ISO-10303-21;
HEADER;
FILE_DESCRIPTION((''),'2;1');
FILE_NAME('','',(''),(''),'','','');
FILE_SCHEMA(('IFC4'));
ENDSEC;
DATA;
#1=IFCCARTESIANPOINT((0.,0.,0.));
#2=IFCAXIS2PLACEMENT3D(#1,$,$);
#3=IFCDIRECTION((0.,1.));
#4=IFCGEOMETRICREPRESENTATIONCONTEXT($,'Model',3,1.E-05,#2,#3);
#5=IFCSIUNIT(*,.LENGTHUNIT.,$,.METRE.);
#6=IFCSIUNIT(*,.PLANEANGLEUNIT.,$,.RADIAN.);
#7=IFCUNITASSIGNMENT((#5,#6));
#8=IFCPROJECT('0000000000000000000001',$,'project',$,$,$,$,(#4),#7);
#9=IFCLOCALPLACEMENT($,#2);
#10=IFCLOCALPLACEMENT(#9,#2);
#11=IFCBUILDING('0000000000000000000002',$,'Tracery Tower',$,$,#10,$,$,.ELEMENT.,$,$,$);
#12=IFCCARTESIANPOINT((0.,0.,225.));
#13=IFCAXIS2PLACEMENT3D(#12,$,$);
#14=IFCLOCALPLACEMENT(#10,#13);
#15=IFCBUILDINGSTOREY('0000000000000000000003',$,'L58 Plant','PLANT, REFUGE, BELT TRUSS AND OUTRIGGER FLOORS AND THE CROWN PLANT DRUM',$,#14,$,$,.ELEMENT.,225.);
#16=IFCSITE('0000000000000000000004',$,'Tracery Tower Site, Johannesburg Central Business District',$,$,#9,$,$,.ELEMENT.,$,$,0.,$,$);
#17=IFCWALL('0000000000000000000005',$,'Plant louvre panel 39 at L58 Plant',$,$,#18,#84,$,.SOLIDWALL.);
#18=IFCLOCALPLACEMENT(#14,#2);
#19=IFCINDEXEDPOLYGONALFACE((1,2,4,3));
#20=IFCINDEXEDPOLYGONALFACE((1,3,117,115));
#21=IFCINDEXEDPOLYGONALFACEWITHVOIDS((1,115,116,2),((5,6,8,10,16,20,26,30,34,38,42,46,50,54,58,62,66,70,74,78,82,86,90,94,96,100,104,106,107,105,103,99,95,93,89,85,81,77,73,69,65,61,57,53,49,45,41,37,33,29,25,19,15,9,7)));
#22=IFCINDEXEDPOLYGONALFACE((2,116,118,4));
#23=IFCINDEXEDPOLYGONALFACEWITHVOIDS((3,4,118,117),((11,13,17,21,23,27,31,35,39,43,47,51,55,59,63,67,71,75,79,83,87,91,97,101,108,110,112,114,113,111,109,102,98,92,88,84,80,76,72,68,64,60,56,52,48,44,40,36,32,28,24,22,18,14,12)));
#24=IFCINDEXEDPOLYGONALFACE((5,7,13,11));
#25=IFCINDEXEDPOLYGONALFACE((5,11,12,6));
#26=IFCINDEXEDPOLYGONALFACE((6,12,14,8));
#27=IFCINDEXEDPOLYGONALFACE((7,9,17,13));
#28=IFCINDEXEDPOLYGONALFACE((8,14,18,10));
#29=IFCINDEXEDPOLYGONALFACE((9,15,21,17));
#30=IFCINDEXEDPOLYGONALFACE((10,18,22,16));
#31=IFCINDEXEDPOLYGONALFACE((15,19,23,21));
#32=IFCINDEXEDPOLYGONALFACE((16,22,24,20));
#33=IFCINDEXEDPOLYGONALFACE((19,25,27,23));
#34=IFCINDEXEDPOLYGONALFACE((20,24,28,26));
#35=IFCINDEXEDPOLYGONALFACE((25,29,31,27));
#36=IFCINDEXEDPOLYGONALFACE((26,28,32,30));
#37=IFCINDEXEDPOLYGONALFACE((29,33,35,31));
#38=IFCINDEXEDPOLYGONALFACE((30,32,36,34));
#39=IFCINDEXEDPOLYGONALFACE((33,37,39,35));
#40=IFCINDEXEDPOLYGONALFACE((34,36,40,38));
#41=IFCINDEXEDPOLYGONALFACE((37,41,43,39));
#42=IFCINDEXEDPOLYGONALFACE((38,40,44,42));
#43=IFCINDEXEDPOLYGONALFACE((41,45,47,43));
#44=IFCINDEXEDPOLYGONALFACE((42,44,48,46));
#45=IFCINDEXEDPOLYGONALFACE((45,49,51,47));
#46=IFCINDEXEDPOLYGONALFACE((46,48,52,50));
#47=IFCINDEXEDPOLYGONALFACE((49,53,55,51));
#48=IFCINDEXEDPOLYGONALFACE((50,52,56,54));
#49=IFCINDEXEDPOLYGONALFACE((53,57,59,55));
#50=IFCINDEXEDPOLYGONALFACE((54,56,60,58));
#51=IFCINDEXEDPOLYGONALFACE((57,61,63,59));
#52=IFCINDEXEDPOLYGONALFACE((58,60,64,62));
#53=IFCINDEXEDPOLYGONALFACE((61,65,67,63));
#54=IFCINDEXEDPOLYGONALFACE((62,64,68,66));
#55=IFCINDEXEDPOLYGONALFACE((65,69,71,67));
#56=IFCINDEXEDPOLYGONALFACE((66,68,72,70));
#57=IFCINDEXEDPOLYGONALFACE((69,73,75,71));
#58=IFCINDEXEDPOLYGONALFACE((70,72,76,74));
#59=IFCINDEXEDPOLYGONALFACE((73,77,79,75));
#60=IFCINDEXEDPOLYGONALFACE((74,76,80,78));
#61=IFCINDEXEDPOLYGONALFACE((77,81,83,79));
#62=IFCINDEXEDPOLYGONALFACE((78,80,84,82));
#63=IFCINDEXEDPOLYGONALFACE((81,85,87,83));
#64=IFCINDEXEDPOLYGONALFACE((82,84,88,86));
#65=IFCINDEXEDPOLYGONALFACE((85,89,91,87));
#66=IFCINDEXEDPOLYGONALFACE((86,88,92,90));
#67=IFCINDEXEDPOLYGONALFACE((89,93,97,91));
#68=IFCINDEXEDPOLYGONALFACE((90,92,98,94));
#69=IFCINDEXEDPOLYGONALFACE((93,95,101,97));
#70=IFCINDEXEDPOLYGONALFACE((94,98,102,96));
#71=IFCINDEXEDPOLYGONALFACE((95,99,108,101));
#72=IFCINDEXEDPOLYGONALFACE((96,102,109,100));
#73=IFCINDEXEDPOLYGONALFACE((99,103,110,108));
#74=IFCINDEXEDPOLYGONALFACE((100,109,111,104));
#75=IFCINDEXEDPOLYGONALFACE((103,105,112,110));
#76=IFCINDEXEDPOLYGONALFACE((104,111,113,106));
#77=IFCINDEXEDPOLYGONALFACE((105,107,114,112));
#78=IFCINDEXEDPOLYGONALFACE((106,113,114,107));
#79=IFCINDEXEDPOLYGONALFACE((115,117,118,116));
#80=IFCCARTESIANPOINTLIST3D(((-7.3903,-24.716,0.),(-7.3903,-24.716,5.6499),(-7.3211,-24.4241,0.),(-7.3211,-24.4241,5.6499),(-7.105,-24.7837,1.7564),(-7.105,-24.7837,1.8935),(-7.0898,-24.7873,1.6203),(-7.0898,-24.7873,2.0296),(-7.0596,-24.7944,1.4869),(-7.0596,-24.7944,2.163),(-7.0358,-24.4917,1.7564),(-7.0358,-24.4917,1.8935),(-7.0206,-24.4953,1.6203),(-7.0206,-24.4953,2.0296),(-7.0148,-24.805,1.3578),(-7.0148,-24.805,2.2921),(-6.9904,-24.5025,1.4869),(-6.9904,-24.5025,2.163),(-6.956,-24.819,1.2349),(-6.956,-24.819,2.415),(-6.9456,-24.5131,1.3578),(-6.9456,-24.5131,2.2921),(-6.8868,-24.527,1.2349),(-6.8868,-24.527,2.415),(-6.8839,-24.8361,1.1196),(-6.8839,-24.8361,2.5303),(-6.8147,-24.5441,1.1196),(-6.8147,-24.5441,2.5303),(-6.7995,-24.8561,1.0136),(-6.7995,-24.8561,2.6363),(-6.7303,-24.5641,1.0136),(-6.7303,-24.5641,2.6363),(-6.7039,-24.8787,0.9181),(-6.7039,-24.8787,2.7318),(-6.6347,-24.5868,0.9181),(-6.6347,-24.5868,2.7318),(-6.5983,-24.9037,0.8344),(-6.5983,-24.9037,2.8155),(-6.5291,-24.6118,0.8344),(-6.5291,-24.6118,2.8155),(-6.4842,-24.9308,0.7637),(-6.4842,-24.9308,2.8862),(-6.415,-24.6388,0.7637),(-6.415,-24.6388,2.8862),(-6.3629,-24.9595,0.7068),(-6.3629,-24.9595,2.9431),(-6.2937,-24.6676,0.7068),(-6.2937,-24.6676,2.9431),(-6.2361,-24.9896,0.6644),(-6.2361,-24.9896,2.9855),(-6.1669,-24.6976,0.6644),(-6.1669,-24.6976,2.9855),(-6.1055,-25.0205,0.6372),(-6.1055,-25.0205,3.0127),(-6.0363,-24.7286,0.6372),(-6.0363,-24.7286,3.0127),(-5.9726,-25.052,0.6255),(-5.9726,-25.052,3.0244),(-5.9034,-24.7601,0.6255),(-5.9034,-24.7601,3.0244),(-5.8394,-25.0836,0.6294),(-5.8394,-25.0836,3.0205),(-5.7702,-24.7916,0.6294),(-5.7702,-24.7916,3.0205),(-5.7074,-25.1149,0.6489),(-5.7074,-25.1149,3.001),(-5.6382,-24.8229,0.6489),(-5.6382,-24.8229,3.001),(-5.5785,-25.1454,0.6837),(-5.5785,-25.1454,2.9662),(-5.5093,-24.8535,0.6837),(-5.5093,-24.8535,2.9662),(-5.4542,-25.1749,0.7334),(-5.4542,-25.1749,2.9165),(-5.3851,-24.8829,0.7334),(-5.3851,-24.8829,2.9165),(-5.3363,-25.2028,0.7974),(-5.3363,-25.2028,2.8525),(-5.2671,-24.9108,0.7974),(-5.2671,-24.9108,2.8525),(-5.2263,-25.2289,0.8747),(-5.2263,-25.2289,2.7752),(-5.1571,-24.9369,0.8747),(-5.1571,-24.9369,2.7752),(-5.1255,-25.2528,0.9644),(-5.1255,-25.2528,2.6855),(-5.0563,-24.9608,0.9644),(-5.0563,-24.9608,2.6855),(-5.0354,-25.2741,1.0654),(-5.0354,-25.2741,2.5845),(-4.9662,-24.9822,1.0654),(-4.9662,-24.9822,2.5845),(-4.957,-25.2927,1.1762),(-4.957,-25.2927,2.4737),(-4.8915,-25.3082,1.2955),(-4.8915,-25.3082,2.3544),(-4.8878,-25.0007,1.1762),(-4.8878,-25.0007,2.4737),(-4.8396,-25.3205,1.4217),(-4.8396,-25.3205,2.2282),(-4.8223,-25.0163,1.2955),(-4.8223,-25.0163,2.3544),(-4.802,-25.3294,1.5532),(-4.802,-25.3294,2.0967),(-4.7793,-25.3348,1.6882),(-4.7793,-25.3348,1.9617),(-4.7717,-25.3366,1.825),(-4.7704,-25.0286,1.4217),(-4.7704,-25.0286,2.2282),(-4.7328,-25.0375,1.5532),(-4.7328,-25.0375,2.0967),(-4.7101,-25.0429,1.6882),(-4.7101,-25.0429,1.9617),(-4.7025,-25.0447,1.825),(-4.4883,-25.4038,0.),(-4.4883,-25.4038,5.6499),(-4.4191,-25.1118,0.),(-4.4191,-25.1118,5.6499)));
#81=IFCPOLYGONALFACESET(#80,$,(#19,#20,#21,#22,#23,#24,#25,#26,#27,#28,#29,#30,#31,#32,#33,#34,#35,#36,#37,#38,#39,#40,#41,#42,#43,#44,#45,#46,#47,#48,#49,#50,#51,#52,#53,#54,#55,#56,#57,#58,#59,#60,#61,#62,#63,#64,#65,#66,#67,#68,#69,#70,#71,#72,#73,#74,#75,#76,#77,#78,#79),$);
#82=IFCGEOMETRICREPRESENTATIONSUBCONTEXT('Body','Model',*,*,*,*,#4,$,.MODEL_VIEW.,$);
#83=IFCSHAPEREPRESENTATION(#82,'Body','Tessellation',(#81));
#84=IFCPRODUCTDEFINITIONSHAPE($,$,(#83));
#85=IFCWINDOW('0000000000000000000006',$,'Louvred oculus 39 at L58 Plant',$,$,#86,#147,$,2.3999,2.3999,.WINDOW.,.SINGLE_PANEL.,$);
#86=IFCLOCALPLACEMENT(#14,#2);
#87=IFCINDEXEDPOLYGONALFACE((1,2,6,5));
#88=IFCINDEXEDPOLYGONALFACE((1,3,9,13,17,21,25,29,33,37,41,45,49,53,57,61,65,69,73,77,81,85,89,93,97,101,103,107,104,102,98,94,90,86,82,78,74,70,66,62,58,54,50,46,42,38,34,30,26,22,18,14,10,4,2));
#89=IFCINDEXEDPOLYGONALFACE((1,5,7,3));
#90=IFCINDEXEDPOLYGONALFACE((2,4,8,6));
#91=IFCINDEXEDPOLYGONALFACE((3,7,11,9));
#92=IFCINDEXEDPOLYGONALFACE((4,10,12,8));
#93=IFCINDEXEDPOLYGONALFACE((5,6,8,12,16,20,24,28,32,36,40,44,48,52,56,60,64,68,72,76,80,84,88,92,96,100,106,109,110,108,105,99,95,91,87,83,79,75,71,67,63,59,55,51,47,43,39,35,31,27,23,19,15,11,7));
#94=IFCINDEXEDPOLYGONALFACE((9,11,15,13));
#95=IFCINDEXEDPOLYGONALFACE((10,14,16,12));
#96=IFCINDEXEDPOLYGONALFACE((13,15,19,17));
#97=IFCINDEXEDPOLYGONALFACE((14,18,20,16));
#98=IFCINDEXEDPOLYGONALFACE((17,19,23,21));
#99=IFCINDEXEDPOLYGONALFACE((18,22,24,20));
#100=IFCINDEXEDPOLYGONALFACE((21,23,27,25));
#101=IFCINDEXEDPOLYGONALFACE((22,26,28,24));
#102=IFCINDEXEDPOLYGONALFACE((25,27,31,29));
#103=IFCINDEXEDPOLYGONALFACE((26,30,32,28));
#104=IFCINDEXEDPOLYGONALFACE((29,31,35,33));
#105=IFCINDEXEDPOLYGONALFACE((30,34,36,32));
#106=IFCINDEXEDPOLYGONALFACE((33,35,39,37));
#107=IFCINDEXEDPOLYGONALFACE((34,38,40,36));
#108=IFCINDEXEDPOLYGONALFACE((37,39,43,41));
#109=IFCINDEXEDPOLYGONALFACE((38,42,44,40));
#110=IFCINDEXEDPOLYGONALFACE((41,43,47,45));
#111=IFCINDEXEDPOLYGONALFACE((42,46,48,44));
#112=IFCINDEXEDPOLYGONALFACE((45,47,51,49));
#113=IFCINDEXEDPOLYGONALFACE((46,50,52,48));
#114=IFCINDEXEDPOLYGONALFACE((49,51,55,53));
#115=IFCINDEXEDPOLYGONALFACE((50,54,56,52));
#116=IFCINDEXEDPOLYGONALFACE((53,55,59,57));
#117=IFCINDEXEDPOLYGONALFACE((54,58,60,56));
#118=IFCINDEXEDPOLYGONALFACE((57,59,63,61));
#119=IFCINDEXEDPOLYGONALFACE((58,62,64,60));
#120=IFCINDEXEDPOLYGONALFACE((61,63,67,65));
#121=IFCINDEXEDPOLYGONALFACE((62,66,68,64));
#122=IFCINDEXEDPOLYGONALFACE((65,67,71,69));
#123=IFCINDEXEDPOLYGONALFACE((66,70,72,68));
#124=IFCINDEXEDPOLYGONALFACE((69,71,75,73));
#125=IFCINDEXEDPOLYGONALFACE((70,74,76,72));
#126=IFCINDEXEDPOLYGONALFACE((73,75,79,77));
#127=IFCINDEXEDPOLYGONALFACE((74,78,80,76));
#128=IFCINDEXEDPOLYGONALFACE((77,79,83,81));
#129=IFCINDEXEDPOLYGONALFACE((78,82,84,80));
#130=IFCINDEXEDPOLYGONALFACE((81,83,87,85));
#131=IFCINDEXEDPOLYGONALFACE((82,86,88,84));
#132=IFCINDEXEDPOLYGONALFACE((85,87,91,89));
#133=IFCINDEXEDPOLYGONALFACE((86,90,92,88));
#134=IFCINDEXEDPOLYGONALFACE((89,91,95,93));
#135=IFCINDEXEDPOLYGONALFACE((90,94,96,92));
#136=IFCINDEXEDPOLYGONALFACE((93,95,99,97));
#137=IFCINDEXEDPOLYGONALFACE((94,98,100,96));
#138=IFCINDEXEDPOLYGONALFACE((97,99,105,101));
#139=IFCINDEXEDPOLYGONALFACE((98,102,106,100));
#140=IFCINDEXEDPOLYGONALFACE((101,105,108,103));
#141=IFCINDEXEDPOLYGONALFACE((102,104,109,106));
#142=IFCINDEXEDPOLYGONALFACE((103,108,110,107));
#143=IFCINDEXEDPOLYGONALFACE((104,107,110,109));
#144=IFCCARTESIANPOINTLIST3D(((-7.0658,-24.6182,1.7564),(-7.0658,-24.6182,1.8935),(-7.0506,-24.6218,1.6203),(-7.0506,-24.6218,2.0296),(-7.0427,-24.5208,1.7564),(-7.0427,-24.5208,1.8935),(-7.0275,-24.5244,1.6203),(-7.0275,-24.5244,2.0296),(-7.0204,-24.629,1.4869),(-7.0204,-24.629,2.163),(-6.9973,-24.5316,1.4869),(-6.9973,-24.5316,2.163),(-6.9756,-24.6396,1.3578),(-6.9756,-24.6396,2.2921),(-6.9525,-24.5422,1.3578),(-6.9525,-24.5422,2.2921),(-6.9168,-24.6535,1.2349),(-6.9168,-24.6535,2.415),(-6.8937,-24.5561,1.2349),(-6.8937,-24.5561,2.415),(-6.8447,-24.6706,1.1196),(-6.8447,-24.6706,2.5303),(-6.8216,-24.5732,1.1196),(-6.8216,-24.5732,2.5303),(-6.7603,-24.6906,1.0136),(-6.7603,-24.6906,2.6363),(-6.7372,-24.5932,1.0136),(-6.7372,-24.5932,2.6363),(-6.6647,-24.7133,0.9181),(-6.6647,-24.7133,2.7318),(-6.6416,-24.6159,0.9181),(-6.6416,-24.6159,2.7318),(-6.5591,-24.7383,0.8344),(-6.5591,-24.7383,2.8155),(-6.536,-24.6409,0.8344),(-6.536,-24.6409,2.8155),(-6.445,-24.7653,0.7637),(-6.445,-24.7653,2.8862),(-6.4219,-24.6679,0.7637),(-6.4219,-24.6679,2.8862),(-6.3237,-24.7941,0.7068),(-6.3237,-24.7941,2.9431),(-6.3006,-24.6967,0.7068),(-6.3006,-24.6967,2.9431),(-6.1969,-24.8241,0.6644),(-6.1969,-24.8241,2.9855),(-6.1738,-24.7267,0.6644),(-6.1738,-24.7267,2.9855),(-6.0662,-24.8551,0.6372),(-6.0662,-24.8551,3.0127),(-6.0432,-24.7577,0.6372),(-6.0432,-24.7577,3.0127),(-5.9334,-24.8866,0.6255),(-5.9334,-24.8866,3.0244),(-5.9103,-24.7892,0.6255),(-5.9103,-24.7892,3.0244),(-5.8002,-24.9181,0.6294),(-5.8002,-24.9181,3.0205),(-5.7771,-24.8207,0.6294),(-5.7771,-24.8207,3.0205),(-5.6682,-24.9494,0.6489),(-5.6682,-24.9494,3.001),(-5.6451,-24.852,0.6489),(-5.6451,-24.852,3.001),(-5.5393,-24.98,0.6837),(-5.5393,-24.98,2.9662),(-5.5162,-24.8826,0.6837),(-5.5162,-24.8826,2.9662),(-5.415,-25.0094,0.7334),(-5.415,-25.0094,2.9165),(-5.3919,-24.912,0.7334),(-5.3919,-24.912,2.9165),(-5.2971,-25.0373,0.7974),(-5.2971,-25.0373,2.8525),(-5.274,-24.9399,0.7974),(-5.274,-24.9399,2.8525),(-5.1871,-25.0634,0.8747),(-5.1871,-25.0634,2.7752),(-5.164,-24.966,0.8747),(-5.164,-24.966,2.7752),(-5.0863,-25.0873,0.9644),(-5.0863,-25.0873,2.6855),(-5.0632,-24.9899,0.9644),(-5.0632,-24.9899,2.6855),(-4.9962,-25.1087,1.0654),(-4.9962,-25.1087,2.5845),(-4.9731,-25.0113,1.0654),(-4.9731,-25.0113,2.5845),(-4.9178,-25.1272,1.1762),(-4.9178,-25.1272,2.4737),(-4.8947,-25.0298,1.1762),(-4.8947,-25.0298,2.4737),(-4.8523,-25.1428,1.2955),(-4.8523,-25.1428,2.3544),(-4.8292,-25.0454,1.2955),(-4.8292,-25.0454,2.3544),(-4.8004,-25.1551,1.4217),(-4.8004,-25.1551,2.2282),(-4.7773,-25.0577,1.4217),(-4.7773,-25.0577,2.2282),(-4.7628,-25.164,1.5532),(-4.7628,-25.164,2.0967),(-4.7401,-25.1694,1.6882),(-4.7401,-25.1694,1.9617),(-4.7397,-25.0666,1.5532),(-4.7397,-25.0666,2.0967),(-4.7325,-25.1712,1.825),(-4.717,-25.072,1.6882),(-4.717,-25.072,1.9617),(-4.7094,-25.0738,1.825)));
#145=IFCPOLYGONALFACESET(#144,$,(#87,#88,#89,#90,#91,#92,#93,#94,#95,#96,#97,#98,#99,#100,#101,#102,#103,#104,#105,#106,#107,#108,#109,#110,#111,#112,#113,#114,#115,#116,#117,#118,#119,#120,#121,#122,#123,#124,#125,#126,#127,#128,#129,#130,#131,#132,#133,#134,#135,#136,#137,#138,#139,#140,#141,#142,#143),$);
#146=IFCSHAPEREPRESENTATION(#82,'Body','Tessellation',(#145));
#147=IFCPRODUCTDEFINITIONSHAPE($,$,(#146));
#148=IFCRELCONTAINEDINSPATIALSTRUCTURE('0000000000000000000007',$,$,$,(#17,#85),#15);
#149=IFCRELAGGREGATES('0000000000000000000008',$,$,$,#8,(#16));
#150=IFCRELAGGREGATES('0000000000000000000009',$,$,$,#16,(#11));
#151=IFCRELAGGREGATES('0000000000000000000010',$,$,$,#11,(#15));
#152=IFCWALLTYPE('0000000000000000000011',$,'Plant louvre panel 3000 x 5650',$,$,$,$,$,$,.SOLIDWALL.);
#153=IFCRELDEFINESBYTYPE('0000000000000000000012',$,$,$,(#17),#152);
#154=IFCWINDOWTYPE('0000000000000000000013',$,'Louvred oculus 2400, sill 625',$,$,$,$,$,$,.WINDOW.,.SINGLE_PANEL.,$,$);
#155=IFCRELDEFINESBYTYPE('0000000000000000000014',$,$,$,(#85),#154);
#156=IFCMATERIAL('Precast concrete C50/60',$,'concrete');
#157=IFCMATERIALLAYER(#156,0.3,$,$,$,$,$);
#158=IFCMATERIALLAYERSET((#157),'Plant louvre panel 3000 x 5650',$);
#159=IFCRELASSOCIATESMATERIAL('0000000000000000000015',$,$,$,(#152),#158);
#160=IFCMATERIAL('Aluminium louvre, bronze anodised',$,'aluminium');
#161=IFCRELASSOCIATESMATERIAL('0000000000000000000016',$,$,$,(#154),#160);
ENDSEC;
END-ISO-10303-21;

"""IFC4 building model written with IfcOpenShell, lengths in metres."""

from ifc_helpers import new_model, si_unit, direction, frame, frame_2d, origin, origin_2d, place, context, subcontext, project, spatial, rectangle, circle, extrude, material, layer, layer_set, type_object, element, fill, save


model = new_model("IFC4")

# Units and contexts
model_context = context("Model", 3, precision=1e-05, world=origin(), true_north=direction((0.0, 1.0)))
body_context = subcontext(model_context, "Body", "Model", "MODEL_VIEW")
ifc_project = project(units=[si_unit("LENGTHUNIT", "METRE"), si_unit("PLANEANGLEUNIT", "RADIAN")], contexts=[model_context])

# Site, building, storey
site_placement = place(None, origin())
site = spatial("IfcSite", under=ifc_project, at=site_placement, Name="Tracery Tower Site, Johannesburg Central Business District", CompositionType="ELEMENT", RefElevation=0.0)
building_placement = place(site_placement, origin())
building = spatial("IfcBuilding", under=site, at=building_placement, Name="Tracery Tower", CompositionType="ELEMENT")
storey_placement = place(building_placement, frame((0.0, 0.0, 225.0)))
storey = spatial("IfcBuildingStorey", under=building, at=storey_placement, Name="L58 Plant", Description="PLANT, REFUGE, BELT TRUSS AND OUTRIGGER FLOORS AND THE CROWN PLANT DRUM", CompositionType="ELEMENT", Elevation=225.0)

# Wall, opening, window
ifc_material_1 = material(Name="Precast concrete C50/60", Category="concrete")
ifc_layer_1 = layer(ifc_material_1, 0.3)
ifc_layer_set_1 = layer_set([ifc_layer_1], Name="Plant louvre panel 3000 x 5650")
wall_type_1 = type_object("IfcWallType", Name="Plant louvre panel 3000 x 5650", PredefinedType="SOLIDWALL", material=ifc_layer_set_1)
ifc_material_2 = material(Name="Aluminium louvre, bronze anodised", Category="aluminium")
window_type = type_object("IfcWindowType", Name="Louvred oculus 2400, sill 625", PartitioningType="SINGLE_PANEL", PredefinedType="WINDOW", material=ifc_material_2)
wall_1_placement = place(storey_placement, frame((-7.3557, -24.5701, 0.0), z_axis=(0.0, 0.0, 1.0), x_axis=(0.97305, -0.230595, 0.0)))
wall_1 = element("IfcWall", 1, at=wall_1_placement, inside=storey, type_object=wall_type_1, Name="Plant louvre panel 39 at L58 Plant", PredefinedType="SOLIDWALL", context=body_context, shape_type="SweptSolid", body=[
    extrude(rectangle(XDim=2.9824, YDim=0.3, at=frame_2d((1.4912, 0.0))), origin(), (0.0, 0.0, 1.0), 5.6499),
])
opening_1_placement = place(wall_1_placement, frame((1.4912, 0.0, 1.825)))
opening_1 = element("IfcOpeningElement", 2, at=opening_1_placement, cuts=wall_1, PredefinedType="OPENING", context=body_context, shape_type="SweptSolid", body=[
    extrude(circle(Radius=1.2, at=origin_2d()), frame((0.0, 0.1599, 0.0), z_axis=(0.0, -1.0, 0.0), x_axis=(1.0, 0.0, 0.0)), (0.0, 0.0, 1.0), 0.3201),
])
window_1_placement = place(opening_1_placement, origin())
window_1 = element("IfcWindow", 3, at=window_1_placement, inside=storey, type_object=window_type, Name="Louvred oculus 39 at L58 Plant", OverallHeight=2.3999, OverallWidth=2.3999, PartitioningType="SINGLE_PANEL", PredefinedType="WINDOW", context=body_context, shape_type="SweptSolid", body=[
    extrude(circle(Radius=1.2, at=origin_2d()), frame((0.0, 0.1201, 0.0), z_axis=(0.0, -1.0, 0.0), x_axis=(1.0, 0.0, 0.0)), (0.0, 0.0, 1.0), 0.1001),
])
fill(opening_1, window_1)

save(model, "model.ifc")
